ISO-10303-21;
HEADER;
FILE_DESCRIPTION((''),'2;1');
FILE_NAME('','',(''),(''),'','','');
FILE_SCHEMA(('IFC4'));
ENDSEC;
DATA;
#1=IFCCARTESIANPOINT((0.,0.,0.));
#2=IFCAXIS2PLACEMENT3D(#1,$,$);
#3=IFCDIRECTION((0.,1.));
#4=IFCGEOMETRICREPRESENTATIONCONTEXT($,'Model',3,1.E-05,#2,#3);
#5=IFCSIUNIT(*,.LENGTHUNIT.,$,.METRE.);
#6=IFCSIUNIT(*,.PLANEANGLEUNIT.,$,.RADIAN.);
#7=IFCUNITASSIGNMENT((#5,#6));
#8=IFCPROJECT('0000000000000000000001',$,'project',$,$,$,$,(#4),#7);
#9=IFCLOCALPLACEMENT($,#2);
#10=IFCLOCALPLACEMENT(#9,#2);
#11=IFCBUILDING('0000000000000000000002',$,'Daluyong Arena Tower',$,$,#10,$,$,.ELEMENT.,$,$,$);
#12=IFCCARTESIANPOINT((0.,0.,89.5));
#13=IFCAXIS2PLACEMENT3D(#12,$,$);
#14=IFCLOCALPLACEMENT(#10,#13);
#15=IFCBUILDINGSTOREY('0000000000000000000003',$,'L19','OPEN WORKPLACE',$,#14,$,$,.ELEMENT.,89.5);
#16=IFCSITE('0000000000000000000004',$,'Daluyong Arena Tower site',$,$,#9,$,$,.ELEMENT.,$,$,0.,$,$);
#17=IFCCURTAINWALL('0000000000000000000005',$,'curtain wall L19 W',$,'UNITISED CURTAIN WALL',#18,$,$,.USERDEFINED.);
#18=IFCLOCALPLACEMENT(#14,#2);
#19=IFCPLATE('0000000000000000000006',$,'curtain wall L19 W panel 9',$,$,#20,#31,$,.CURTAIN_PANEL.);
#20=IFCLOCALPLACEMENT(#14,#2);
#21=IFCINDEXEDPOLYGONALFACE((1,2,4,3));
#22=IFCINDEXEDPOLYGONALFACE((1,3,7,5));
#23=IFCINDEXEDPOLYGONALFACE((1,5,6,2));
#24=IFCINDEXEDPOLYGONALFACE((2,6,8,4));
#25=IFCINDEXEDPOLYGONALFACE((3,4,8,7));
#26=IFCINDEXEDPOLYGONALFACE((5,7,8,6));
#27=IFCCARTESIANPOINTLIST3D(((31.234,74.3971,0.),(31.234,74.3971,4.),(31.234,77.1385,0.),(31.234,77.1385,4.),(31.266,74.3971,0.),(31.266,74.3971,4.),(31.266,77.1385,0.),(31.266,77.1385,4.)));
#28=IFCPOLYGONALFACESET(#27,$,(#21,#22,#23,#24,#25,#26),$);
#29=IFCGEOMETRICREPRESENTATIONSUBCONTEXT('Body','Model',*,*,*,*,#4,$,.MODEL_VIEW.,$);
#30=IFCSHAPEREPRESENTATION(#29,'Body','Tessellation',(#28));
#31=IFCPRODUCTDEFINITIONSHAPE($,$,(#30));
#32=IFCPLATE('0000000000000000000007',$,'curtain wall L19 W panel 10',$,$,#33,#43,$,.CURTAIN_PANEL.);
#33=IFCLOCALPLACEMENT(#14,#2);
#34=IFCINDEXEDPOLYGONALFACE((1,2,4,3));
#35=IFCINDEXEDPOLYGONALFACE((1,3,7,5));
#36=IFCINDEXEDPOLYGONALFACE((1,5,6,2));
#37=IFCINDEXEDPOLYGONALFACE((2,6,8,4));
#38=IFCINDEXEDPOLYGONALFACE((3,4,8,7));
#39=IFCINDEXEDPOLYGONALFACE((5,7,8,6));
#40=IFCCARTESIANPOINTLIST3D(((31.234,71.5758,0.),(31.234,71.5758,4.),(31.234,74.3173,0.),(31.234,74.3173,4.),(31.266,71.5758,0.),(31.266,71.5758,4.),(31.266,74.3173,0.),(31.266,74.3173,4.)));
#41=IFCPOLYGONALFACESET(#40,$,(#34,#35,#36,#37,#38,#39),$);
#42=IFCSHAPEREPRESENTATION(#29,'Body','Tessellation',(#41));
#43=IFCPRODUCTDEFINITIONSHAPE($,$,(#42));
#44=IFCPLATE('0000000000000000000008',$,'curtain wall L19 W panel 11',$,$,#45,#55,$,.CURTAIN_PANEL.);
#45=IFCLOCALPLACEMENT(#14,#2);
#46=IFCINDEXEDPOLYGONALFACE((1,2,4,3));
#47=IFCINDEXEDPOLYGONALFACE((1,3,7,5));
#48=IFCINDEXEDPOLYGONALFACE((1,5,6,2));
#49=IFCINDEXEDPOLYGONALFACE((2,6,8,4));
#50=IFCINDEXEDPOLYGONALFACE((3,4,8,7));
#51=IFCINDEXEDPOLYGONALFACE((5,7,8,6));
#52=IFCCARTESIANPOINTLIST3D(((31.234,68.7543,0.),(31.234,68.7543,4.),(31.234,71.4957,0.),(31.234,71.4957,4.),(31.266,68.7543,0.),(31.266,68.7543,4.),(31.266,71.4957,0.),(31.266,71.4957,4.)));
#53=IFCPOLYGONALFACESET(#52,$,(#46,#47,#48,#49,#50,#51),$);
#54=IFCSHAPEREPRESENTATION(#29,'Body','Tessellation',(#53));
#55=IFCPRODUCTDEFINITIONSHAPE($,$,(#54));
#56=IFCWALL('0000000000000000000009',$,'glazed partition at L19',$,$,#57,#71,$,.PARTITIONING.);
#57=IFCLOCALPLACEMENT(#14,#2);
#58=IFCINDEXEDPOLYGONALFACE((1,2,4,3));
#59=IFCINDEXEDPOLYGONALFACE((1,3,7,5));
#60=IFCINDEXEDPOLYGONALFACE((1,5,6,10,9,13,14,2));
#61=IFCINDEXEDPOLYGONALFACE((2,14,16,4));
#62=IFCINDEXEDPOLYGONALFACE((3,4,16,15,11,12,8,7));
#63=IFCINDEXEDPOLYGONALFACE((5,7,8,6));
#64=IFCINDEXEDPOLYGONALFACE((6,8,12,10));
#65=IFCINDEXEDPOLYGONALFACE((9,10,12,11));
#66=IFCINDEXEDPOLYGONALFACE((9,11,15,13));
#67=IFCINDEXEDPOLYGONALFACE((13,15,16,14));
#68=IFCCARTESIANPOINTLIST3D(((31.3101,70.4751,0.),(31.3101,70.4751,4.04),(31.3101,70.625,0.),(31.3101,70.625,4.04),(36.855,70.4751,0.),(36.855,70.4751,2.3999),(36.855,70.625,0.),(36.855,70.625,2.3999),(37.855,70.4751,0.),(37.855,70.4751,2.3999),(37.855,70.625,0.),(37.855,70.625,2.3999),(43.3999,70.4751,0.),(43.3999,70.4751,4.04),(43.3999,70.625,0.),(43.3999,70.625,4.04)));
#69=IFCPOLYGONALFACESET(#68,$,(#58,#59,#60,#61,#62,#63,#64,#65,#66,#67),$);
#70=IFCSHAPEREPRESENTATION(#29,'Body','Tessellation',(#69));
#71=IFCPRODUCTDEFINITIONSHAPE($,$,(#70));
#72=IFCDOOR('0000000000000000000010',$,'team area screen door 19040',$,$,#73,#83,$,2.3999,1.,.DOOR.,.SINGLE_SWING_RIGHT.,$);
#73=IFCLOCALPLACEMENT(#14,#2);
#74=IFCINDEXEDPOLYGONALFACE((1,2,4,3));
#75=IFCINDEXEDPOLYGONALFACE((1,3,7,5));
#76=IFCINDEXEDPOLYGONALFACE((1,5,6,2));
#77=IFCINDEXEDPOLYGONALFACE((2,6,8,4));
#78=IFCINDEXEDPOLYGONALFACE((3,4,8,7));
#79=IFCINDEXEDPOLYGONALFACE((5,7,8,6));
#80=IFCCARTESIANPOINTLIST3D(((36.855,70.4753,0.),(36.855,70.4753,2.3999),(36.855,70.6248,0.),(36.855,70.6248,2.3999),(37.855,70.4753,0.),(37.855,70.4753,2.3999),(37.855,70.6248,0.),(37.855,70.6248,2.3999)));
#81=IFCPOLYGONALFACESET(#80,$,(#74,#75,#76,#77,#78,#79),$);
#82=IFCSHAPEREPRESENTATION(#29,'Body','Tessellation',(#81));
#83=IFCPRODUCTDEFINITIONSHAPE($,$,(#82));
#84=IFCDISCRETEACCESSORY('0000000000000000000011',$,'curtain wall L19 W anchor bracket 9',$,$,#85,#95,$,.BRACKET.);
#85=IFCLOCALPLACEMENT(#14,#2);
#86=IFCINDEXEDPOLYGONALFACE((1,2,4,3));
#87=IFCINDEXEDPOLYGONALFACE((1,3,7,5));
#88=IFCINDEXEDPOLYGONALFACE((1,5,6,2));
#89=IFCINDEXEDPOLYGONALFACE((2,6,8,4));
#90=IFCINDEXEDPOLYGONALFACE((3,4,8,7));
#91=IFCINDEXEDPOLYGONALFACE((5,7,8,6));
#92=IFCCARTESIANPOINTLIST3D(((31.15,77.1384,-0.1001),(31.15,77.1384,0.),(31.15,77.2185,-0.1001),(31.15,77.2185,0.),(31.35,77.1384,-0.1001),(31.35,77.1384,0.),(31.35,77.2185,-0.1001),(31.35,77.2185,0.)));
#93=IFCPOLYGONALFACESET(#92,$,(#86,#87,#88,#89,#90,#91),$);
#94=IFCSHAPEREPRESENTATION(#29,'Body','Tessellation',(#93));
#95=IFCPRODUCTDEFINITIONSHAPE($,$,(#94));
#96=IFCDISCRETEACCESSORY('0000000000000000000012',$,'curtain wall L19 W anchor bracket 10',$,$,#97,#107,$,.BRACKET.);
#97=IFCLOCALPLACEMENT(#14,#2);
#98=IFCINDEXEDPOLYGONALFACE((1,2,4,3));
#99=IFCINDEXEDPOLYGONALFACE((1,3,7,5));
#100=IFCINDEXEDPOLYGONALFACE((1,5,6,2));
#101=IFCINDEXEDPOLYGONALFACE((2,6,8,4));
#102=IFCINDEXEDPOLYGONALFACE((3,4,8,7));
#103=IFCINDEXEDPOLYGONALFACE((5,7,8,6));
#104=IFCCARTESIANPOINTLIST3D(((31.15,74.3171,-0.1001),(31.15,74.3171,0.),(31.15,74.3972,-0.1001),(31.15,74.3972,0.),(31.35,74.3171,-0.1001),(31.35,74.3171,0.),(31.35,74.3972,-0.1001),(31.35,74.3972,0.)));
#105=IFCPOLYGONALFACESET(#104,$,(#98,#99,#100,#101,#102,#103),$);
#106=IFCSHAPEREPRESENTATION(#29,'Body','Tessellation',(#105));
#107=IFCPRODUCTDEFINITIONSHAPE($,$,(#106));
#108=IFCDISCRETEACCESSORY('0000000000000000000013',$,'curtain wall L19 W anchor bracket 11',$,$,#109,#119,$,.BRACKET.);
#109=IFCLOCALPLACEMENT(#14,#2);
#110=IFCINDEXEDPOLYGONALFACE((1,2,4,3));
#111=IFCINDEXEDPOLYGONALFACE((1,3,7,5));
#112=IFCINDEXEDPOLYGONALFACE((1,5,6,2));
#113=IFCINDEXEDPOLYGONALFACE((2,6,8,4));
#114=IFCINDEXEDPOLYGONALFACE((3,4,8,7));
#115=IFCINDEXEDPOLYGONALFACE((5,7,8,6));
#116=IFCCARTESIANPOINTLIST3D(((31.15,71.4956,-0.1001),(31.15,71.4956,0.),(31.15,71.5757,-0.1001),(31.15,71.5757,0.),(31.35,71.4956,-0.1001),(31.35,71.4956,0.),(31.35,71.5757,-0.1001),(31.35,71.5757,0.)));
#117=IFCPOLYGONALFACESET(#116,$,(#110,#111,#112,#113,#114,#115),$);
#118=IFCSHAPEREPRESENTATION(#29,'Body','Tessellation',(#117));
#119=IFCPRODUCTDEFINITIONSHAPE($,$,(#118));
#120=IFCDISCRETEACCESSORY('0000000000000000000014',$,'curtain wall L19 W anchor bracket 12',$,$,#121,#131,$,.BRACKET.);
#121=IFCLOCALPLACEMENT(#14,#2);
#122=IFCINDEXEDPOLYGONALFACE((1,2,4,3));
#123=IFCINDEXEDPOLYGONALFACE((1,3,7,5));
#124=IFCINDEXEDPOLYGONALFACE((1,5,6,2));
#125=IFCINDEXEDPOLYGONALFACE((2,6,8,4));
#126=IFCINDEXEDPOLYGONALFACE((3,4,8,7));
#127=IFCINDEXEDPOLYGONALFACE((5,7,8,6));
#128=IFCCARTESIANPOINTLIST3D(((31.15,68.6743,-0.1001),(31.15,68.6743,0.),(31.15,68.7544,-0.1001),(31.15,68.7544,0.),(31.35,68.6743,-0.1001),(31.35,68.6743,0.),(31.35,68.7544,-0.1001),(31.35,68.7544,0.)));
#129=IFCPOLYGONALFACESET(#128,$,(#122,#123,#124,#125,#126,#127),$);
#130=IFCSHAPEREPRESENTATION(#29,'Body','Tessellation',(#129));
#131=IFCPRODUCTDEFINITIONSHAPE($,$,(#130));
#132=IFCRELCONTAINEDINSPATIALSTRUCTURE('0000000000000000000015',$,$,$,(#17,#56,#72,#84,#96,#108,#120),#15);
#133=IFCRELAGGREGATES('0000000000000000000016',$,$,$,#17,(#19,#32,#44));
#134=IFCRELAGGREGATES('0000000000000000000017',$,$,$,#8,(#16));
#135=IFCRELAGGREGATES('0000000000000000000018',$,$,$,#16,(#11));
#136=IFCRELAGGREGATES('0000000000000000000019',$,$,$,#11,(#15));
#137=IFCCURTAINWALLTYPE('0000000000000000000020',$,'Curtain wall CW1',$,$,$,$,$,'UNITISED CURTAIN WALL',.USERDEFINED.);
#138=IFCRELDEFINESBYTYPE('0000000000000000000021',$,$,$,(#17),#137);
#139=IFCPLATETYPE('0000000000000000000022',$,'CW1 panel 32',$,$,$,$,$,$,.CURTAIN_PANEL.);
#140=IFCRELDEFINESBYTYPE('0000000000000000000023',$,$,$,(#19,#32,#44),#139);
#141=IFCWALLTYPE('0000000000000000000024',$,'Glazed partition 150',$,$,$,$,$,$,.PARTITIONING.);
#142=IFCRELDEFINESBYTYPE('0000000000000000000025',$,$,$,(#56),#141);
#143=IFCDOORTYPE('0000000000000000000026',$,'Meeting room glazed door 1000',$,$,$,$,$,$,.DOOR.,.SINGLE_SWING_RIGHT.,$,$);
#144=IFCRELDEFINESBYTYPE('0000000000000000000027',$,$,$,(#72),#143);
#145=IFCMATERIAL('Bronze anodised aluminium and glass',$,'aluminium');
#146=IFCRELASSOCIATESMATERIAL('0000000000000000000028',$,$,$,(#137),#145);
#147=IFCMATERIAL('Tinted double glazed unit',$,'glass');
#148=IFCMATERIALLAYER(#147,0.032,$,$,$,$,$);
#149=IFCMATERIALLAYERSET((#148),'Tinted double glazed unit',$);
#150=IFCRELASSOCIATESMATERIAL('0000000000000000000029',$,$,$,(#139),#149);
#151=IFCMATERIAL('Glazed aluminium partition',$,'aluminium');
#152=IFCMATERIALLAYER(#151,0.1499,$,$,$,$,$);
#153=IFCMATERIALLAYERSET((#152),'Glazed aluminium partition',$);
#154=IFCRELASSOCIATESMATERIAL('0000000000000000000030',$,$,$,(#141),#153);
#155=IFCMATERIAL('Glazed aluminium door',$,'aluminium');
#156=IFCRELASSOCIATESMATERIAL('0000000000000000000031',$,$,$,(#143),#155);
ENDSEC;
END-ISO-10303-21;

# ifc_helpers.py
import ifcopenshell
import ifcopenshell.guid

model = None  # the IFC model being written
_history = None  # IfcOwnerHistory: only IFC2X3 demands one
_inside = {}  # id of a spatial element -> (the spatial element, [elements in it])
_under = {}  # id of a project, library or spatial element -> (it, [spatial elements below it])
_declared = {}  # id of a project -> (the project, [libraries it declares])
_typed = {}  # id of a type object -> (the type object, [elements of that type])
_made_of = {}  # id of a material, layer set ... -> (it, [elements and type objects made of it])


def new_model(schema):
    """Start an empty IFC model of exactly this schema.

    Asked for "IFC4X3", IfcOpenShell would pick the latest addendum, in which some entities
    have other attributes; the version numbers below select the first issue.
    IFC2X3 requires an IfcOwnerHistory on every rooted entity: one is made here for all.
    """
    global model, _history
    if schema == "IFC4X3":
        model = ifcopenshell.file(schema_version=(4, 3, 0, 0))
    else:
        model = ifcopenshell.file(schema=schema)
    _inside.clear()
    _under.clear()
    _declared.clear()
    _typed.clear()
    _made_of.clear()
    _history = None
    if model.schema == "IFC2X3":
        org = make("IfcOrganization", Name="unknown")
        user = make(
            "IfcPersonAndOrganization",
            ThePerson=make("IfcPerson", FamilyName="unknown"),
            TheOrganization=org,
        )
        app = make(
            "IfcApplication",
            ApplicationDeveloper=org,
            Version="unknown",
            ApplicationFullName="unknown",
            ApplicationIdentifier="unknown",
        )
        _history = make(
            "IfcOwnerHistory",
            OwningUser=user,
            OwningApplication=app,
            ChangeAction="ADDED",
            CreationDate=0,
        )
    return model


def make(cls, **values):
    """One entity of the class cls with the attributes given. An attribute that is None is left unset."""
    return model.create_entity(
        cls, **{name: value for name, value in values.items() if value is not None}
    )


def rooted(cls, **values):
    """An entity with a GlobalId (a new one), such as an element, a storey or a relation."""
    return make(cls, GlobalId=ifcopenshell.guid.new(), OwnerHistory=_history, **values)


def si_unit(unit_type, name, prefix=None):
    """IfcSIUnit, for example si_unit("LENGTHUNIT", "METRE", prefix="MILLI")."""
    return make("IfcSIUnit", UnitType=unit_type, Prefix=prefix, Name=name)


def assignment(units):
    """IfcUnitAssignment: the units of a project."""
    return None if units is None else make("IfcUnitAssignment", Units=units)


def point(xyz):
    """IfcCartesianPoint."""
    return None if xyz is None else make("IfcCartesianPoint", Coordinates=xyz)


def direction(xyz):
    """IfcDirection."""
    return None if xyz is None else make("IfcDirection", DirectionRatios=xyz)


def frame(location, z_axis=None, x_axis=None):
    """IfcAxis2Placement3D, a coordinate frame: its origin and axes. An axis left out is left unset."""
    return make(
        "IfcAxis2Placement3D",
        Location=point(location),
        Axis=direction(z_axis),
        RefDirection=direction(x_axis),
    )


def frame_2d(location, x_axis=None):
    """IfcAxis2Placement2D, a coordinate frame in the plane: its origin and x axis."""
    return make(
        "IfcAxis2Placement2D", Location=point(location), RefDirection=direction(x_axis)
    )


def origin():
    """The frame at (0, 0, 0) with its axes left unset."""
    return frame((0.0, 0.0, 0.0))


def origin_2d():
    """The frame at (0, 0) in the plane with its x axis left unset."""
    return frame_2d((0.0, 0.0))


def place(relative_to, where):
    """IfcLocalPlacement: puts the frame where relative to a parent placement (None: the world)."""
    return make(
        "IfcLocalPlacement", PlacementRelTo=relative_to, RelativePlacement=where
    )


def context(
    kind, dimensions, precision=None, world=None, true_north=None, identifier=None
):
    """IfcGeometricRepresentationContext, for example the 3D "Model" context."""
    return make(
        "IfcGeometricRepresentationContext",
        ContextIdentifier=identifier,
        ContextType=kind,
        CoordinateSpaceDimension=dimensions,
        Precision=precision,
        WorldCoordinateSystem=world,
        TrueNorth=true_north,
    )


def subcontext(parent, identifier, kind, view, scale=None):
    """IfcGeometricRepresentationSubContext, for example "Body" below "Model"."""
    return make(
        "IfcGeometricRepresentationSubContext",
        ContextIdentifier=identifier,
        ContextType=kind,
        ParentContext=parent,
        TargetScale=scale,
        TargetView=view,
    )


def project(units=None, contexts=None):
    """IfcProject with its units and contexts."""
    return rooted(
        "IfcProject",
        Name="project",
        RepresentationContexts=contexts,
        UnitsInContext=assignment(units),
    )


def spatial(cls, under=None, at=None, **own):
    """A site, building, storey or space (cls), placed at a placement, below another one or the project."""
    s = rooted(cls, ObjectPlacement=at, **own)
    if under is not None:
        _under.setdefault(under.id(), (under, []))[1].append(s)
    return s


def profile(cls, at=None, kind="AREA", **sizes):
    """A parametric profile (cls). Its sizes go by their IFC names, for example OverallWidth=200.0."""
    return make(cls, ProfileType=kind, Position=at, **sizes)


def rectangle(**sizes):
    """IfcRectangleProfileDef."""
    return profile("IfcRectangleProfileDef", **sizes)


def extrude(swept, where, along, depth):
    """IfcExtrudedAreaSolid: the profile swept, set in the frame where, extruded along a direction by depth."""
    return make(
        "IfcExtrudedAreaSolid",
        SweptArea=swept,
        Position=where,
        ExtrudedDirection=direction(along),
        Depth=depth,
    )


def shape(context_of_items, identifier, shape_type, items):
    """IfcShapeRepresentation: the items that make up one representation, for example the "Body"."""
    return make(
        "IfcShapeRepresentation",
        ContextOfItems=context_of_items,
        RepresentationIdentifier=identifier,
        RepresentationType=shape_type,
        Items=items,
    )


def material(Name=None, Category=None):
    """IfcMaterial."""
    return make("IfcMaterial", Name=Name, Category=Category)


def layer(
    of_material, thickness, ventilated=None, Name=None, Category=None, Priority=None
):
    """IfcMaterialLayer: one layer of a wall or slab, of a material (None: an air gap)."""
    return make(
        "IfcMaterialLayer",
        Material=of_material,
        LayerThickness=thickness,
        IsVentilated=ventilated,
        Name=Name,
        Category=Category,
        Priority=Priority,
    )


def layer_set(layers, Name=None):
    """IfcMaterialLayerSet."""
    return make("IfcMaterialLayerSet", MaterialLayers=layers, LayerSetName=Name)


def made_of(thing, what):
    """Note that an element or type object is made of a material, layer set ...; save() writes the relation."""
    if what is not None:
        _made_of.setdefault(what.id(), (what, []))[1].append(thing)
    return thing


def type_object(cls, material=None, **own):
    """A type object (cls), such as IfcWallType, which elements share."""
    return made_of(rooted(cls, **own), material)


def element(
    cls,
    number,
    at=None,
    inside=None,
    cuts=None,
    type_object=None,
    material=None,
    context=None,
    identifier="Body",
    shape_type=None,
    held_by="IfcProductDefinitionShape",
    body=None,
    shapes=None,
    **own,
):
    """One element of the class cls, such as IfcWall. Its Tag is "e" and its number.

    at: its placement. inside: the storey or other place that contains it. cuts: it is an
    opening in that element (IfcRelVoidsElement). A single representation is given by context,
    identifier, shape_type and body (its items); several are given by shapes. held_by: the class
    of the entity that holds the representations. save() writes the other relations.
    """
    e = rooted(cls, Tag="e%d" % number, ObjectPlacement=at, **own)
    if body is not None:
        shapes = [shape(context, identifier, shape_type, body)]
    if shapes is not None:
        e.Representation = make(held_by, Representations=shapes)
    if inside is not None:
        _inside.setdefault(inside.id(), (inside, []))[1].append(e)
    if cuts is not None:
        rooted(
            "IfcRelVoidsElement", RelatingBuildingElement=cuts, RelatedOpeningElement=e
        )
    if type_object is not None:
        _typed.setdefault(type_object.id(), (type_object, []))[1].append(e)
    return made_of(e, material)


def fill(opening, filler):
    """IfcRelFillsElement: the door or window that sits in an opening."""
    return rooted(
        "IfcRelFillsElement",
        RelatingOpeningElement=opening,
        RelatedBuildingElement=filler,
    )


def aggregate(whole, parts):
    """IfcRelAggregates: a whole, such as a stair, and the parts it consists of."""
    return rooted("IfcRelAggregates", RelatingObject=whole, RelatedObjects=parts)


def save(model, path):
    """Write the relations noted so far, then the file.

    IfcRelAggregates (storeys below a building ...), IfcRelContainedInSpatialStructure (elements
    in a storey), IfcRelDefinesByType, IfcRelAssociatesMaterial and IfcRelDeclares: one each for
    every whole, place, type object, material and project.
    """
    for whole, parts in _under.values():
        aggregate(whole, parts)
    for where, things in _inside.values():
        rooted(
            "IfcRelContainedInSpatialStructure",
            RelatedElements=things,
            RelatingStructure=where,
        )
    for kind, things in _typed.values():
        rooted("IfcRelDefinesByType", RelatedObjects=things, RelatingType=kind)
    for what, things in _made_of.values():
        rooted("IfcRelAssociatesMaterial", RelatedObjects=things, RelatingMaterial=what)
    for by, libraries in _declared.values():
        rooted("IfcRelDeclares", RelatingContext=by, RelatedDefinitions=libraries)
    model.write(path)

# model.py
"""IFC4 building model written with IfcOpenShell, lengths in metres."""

from ifc_helpers import new_model, si_unit, direction, frame, frame_2d, origin, origin_2d, place, context, subcontext, project, spatial, rectangle, extrude, material, layer, layer_set, type_object, element, fill, aggregate, save


model = new_model("IFC4")

# Units and contexts
model_context = context("Model", 3, precision=1e-05, world=origin(), true_north=direction((0.0, 1.0)))
body_context = subcontext(model_context, "Body", "Model", "MODEL_VIEW")
ifc_project = project(units=[si_unit("LENGTHUNIT", "METRE"), si_unit("PLANEANGLEUNIT", "RADIAN")], contexts=[model_context])

# Site, building, storey
site_placement = place(None, origin())
site = spatial("IfcSite", under=ifc_project, at=site_placement, Name="Daluyong Arena Tower site", CompositionType="ELEMENT", RefElevation=0.0)
building_placement = place(site_placement, origin())
building = spatial("IfcBuilding", under=site, at=building_placement, Name="Daluyong Arena Tower", CompositionType="ELEMENT")
storey_placement = place(building_placement, frame((0.0, 0.0, 89.5)))
storey = spatial("IfcBuildingStorey", under=building, at=storey_placement, Name="L19", Description="OPEN WORKPLACE", CompositionType="ELEMENT", Elevation=89.5)

# Curtain wall
ifc_material_1 = material(Name="Bronze anodised aluminium and glass", Category="aluminium")
curtain_wall_type = type_object("IfcCurtainWallType", Name="Curtain wall CW1", ElementType="UNITISED CURTAIN WALL", PredefinedType="USERDEFINED", material=ifc_material_1)
curtain_wall_placement = place(storey_placement, origin())
curtain_wall = element("IfcCurtainWall", 1, at=curtain_wall_placement, inside=storey, type_object=curtain_wall_type, Name="curtain wall L19 W", ObjectType="UNITISED CURTAIN WALL", PredefinedType="USERDEFINED")

# Plates
ifc_material_2 = material(Name="Tinted double glazed unit", Category="glass")
ifc_layer_1 = layer(ifc_material_2, 0.032)
ifc_layer_set_1 = layer_set([ifc_layer_1], Name="Tinted double glazed unit")
plate_type = type_object("IfcPlateType", Name="CW1 panel 32", PredefinedType="CURTAIN_PANEL", material=ifc_layer_set_1)
plate_1_placement = place(storey_placement, frame((31.25, 75.7678, 0.0), z_axis=(0.0, 0.0, 1.0), x_axis=(0.0, -1.0, 0.0)))
plate_1 = element("IfcPlate", 2, at=plate_1_placement, type_object=plate_type, Name="curtain wall L19 W panel 9", PredefinedType="CURTAIN_PANEL", context=body_context, shape_type="SweptSolid", body=[
    extrude(rectangle(XDim=2.7415, YDim=0.032, at=origin_2d()), origin(), (0.0, 0.0, 1.0), 4.0),
])
plate_2_placement = place(storey_placement, frame((31.25, 72.9465, 0.0), z_axis=(0.0, 0.0, 1.0), x_axis=(0.0, -1.0, 0.0)))
plate_2 = element("IfcPlate", 3, at=plate_2_placement, type_object=plate_type, Name="curtain wall L19 W panel 10", PredefinedType="CURTAIN_PANEL", context=body_context, shape_type="SweptSolid", body=[
    extrude(rectangle(XDim=2.7415, YDim=0.032, at=origin_2d()), origin(), (0.0, 0.0, 1.0), 4.0),
])
plate_3_placement = place(storey_placement, frame((31.25, 70.125, 0.0), z_axis=(0.0, 0.0, 1.0), x_axis=(0.0, -1.0, 0.0)))
plate_3 = element("IfcPlate", 4, at=plate_3_placement, type_object=plate_type, Name="curtain wall L19 W panel 11", PredefinedType="CURTAIN_PANEL", context=body_context, shape_type="SweptSolid", body=[
    extrude(rectangle(XDim=2.7415, YDim=0.032, at=origin_2d()), origin(), (0.0, 0.0, 1.0), 4.0),
])
aggregate(curtain_wall, [plate_1, plate_2, plate_3])

# Wall, opening, door
ifc_material_3 = material(Name="Glazed aluminium partition", Category="aluminium")
ifc_layer_2 = layer(ifc_material_3, 0.1499)
ifc_layer_set_2 = layer_set([ifc_layer_2], Name="Glazed aluminium partition")
wall_type = type_object("IfcWallType", Name="Glazed partition 150", PredefinedType="PARTITIONING", material=ifc_layer_set_2)
wall_placement = place(storey_placement, frame((31.3101, 70.55, 0.0), z_axis=(0.0, 0.0, 1.0), x_axis=(1.0, 0.0, 0.0)))
wall = element("IfcWall", 5, at=wall_placement, inside=storey, type_object=wall_type, Name="glazed partition at L19", PredefinedType="PARTITIONING", context=body_context, shape_type="SweptSolid", body=[
    extrude(rectangle(XDim=12.0898, YDim=0.1499, at=frame_2d((6.0449, 0.0))), origin(), (0.0, 0.0, 1.0), 4.04),
])
opening_placement = place(wall_placement, frame((5.5449, 0.0, 0.0)))
opening = element("IfcOpeningElement", 6, at=opening_placement, cuts=wall, PredefinedType="OPENING", context=body_context, shape_type="SweptSolid", body=[
    extrude(rectangle(XDim=1.0, YDim=2.3999, at=frame_2d((0.5, 1.2))), frame((0.0, 0.085, 0.0), z_axis=(0.0, -1.0, 0.0), x_axis=(1.0, 0.0, 0.0)), (0.0, 0.0, 1.0), 0.1699),
])
ifc_material_4 = material(Name="Glazed aluminium door", Category="aluminium")
door_type = type_object("IfcDoorType", Name="Meeting room glazed door 1000", OperationType="SINGLE_SWING_RIGHT", PredefinedType="DOOR", material=ifc_material_4)
door_placement = place(opening_placement, origin())
door = element("IfcDoor", 7, at=door_placement, inside=storey, type_object=door_type, Name="team area screen door 19040", OperationType="SINGLE_SWING_RIGHT", OverallHeight=2.3999, OverallWidth=1.0, PredefinedType="DOOR", context=body_context, shape_type="SweptSolid", body=[
    extrude(rectangle(XDim=1.0, YDim=2.3999, at=frame_2d((0.5, 1.2))), frame((0.0, 0.0747, 0.0), z_axis=(0.0, -1.0, 0.0), x_axis=(1.0, 0.0, 0.0)), (0.0, 0.0, 1.0), 0.1494),
])
fill(opening, door)

# Discrete accessories
for number, where, z_axis, x_axis, name in (
    (8, (31.25, 77.1785, -0.1001), (0.0, 0.0, 1.0), (0.0, -1.0, 0.0), "curtain wall L19 W anchor bracket 9"),
    (9, (31.25, 74.3572, -0.1001), (0.0, 0.0, 1.0), (0.0, -1.0, 0.0), "curtain wall L19 W anchor bracket 10"),
    (10, (31.25, 71.5356, -0.1001), (0.0, 0.0, 1.0), (0.0, -1.0, 0.0), "curtain wall L19 W anchor bracket 11"),
    (11, (31.25, 68.7144, -0.1001), (0.0, 0.0, 1.0), (0.0, -1.0, 0.0), "curtain wall L19 W anchor bracket 12"),
):
    element("IfcDiscreteAccessory", number, at=place(storey_placement, frame(where, z_axis=z_axis, x_axis=x_axis)), inside=storey, Name=name, PredefinedType="BRACKET", context=body_context, shape_type="SweptSolid", body=[
        extrude(rectangle(XDim=0.0801, YDim=0.2, at=origin_2d()), origin(), (0.0, 0.0, 1.0), 0.1001),
    ])

save(model, "model.ifc")
